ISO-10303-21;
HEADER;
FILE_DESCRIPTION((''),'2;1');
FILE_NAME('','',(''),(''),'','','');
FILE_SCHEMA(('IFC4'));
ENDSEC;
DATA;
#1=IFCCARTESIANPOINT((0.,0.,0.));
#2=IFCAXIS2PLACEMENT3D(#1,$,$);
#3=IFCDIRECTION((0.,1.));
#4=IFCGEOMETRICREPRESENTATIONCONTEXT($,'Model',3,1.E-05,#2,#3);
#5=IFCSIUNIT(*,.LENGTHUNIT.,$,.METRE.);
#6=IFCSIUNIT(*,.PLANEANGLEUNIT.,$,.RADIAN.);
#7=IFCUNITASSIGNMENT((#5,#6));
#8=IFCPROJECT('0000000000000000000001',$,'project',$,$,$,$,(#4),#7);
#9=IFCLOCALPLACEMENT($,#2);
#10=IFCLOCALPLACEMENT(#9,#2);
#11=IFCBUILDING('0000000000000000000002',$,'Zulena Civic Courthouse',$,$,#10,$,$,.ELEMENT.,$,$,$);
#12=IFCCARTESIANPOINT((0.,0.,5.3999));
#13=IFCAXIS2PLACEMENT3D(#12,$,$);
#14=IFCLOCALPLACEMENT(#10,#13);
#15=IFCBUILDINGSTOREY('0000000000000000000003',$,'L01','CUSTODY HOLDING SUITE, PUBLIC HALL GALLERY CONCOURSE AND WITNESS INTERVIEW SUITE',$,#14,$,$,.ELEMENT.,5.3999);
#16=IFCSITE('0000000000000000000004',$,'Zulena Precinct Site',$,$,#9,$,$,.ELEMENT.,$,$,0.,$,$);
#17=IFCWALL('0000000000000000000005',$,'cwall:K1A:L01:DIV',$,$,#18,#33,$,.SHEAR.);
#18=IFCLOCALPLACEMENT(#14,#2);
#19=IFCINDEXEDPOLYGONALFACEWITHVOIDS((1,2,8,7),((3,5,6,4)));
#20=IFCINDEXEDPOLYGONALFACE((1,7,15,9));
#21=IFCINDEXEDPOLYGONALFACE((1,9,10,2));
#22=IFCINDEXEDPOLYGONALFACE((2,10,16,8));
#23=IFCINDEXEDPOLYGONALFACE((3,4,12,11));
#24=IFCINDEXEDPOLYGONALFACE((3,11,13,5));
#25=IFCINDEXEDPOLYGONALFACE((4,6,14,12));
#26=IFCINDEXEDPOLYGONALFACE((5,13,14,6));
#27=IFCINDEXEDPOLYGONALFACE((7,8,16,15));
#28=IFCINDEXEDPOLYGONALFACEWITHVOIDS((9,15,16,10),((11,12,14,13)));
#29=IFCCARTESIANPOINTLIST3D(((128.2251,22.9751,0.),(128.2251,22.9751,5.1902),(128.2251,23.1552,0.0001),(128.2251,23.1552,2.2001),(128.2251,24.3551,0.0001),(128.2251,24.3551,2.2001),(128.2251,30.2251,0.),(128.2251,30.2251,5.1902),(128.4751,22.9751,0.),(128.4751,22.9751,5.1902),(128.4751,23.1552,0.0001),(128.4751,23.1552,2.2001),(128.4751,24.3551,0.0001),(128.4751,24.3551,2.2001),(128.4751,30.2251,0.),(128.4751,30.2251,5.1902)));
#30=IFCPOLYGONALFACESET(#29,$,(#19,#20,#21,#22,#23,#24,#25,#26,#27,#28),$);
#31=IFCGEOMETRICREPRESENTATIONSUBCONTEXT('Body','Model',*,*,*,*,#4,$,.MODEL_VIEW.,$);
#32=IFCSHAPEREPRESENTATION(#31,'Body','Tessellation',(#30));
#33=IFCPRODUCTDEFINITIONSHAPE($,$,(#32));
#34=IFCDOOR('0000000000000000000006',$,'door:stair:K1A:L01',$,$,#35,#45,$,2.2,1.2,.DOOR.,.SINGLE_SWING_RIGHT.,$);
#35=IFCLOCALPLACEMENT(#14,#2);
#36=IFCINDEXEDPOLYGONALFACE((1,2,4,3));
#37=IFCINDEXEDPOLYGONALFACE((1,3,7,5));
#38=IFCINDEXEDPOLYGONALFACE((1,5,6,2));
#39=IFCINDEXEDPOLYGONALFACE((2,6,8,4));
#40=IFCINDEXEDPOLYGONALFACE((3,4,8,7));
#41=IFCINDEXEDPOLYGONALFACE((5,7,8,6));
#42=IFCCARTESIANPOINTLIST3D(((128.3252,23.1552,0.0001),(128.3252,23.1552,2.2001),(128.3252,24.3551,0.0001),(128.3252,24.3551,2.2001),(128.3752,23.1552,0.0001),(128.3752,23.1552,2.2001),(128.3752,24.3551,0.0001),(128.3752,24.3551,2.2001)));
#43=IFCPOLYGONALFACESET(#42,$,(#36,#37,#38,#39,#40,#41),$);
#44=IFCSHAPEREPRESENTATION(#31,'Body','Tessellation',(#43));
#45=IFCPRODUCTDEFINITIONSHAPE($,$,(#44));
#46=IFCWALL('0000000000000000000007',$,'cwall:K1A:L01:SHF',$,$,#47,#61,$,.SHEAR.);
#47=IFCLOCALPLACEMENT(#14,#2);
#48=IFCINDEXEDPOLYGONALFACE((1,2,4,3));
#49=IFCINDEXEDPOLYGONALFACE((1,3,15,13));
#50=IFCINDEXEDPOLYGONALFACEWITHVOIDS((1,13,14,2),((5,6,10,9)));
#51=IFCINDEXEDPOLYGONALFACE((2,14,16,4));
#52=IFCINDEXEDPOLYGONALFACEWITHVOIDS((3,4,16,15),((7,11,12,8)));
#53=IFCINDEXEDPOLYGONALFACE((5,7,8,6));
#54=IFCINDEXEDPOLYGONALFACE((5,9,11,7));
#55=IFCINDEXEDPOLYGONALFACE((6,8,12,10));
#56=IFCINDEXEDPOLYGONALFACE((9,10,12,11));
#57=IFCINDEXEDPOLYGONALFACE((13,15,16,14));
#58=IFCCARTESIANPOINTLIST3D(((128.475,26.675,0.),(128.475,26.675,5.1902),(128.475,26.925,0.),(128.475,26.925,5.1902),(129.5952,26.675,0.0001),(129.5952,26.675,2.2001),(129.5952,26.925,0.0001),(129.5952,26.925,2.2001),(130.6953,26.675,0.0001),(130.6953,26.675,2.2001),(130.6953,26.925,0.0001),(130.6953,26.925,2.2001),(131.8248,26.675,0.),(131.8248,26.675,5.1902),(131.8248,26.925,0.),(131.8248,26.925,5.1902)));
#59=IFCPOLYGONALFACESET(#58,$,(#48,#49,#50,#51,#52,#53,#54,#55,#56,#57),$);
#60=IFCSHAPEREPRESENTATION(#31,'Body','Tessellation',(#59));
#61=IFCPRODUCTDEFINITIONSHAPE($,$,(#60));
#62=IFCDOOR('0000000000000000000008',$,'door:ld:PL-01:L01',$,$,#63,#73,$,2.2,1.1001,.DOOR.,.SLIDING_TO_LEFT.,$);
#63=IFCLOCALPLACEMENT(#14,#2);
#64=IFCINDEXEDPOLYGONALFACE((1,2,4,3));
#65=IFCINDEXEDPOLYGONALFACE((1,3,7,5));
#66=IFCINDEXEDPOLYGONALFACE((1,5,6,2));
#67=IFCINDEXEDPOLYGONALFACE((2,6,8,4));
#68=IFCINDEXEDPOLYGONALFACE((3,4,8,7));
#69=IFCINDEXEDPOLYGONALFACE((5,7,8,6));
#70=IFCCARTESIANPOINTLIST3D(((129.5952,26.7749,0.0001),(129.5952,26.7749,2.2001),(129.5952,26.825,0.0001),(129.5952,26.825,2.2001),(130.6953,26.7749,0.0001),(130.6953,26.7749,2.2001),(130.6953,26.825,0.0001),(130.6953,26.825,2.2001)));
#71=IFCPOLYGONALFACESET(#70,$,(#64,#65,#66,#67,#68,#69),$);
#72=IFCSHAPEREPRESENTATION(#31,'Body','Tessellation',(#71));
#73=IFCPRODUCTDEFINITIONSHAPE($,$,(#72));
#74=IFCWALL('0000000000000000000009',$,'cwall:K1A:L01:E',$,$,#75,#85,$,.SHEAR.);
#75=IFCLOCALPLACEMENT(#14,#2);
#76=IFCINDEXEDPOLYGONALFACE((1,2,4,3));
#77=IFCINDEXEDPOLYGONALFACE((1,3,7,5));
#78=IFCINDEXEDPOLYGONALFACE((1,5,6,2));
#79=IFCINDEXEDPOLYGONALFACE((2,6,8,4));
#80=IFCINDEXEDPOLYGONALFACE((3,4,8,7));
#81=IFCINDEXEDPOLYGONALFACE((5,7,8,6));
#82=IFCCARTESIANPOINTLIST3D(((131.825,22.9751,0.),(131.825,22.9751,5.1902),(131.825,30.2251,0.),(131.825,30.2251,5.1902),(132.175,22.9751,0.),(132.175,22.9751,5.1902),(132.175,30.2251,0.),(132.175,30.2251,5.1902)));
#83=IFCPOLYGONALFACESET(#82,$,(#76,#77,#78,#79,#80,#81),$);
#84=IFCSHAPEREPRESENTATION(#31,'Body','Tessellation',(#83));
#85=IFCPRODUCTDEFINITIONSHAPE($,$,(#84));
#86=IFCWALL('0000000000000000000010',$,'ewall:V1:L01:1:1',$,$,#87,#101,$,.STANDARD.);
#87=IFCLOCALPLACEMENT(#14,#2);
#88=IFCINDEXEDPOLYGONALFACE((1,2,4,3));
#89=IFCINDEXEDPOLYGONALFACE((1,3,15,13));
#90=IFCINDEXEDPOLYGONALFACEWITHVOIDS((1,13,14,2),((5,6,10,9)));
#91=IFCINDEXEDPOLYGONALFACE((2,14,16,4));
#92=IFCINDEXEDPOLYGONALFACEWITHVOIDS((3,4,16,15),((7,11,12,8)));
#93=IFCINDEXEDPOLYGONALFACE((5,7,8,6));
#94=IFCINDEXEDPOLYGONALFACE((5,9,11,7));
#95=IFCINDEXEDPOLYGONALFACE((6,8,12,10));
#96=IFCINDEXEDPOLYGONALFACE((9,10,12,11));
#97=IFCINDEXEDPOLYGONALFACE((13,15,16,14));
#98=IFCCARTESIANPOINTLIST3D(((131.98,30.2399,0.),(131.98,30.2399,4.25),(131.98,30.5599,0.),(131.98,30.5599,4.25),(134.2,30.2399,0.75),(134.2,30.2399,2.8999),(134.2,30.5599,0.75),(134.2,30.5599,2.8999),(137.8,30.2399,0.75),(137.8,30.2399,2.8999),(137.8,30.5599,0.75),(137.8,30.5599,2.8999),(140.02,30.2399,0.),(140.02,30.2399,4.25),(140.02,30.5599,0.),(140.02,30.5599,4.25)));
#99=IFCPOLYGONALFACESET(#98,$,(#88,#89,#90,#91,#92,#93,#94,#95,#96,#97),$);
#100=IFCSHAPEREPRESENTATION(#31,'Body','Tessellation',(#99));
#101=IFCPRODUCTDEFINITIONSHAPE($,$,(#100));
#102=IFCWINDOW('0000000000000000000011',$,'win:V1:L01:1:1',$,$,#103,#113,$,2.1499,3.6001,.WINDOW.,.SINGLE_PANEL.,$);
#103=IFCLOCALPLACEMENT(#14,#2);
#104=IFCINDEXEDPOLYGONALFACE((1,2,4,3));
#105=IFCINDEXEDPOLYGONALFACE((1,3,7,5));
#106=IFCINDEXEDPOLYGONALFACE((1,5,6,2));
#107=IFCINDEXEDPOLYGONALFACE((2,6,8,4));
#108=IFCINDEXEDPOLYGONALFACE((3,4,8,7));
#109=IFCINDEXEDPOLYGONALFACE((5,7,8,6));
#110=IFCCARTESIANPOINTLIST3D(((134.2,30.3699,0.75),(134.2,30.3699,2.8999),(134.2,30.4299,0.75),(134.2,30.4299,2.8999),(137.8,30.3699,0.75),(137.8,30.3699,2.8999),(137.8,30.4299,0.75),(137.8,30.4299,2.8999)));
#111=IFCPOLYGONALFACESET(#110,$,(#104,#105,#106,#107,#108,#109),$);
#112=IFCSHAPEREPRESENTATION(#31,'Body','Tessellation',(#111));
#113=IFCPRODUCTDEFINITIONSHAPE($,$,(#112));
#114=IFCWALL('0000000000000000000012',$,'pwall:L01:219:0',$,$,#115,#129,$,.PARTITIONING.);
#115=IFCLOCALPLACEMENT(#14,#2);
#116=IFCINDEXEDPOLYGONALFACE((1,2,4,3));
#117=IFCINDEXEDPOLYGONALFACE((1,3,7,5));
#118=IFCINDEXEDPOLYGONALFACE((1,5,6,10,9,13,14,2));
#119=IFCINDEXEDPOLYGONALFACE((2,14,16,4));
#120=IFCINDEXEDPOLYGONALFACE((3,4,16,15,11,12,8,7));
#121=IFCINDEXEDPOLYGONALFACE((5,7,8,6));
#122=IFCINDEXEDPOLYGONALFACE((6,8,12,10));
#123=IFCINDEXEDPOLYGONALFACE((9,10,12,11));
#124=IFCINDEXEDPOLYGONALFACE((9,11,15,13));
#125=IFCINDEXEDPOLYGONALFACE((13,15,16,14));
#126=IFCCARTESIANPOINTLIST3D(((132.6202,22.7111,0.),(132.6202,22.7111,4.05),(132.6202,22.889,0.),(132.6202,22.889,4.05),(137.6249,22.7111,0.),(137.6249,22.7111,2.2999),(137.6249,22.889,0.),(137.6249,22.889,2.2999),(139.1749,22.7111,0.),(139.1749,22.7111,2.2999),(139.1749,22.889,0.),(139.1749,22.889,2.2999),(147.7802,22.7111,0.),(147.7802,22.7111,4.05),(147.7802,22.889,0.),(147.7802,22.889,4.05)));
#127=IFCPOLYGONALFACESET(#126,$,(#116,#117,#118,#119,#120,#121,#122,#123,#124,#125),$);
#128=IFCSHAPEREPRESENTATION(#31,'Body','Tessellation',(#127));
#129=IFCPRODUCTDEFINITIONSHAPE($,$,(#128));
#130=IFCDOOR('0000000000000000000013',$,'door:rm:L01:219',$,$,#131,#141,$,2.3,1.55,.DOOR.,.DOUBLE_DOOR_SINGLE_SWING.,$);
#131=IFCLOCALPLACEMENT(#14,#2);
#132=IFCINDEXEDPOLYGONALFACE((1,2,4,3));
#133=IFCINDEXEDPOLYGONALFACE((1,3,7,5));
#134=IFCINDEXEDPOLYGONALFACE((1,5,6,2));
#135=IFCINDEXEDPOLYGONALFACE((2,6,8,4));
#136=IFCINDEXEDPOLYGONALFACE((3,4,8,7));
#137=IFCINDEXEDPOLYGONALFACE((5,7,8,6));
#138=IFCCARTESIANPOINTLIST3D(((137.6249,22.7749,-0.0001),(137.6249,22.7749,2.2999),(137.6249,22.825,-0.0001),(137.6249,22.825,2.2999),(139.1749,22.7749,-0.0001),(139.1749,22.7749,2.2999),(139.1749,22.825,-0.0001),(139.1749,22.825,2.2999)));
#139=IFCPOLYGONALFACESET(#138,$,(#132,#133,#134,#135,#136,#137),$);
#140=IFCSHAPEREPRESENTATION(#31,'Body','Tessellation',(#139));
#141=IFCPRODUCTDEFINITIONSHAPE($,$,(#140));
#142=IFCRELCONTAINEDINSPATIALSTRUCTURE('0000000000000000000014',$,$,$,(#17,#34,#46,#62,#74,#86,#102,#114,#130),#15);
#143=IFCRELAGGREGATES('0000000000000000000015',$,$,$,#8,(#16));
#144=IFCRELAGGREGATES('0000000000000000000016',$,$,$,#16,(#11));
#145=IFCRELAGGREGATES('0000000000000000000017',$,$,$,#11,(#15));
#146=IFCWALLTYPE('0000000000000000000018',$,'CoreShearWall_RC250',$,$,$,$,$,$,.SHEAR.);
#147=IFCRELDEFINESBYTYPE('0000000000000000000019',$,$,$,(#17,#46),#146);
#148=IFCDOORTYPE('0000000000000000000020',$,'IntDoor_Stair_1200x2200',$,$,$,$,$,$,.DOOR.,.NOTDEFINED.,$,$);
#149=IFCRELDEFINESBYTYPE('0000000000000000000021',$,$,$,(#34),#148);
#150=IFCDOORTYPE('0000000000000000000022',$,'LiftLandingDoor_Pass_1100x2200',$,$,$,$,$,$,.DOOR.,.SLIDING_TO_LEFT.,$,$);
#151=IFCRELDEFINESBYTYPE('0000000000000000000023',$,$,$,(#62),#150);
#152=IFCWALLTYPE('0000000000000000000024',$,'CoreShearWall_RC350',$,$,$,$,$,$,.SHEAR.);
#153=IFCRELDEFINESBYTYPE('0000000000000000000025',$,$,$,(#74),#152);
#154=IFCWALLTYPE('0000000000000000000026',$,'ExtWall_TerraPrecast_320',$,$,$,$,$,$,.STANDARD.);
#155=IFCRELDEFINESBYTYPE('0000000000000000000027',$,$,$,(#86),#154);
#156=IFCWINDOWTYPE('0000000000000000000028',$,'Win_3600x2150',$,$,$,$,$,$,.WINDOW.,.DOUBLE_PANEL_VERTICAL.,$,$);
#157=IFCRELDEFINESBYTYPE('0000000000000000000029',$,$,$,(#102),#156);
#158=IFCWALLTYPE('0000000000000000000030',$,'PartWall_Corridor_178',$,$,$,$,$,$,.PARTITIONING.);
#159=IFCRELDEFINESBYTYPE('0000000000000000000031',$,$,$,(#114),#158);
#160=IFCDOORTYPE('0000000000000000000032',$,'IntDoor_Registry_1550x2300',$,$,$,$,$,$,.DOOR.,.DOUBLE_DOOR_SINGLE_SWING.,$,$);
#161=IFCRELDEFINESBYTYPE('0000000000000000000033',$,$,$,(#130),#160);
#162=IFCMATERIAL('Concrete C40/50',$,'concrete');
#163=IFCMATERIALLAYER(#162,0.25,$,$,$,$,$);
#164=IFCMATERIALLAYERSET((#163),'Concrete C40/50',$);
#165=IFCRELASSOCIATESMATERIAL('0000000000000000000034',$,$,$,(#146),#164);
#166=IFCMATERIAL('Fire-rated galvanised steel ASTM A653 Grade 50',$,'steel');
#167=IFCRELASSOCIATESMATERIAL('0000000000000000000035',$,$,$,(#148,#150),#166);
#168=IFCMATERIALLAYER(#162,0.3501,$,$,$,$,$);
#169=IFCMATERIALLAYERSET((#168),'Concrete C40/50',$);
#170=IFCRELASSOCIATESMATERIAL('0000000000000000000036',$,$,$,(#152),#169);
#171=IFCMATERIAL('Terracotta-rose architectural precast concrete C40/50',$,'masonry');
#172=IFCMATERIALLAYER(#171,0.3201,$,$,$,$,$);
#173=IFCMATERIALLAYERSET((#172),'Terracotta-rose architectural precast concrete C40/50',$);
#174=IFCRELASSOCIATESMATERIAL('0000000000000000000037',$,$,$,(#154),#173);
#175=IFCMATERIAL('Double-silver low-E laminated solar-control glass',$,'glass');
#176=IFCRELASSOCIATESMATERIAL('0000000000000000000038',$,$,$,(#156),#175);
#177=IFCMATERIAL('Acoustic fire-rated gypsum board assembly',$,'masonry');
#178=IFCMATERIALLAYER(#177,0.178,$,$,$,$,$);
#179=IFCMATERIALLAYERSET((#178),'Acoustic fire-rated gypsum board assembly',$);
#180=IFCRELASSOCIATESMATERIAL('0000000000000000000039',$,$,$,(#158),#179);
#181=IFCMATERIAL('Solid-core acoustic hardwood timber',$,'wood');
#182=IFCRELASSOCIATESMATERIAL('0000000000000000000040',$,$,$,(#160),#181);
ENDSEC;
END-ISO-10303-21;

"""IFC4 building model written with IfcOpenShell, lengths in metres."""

from ifc_helpers import new_model, si_unit, direction, frame, frame_2d, origin, place, context, subcontext, project, spatial, rectangle, extrude, material, layer, layer_set, type_object, element, fill, save


model = new_model("IFC4")

# Units and contexts
model_context = context("Model", 3, precision=1e-05, world=origin(), true_north=direction((0.0, 1.0)))
body_context = subcontext(model_context, "Body", "Model", "MODEL_VIEW")
ifc_project = project(units=[si_unit("LENGTHUNIT", "METRE"), si_unit("PLANEANGLEUNIT", "RADIAN")], contexts=[model_context])

# Site, building, storey
site_placement = place(None, origin())
site = spatial("IfcSite", under=ifc_project, at=site_placement, Name="Zulena Precinct Site", CompositionType="ELEMENT", RefElevation=0.0)
building_placement = place(site_placement, origin())
building = spatial("IfcBuilding", under=site, at=building_placement, Name="Zulena Civic Courthouse", CompositionType="ELEMENT")
storey_placement = place(building_placement, frame((0.0, 0.0, 5.3999)))
storey = spatial("IfcBuildingStorey", under=building, at=storey_placement, Name="L01", Description="CUSTODY HOLDING SUITE, PUBLIC HALL GALLERY CONCOURSE AND WITNESS INTERVIEW SUITE", CompositionType="ELEMENT", Elevation=5.3999)

# Walls, openings, doors
ifc_material_1 = material(Name="Concrete C40/50", Category="concrete")
ifc_layer_1 = layer(ifc_material_1, 0.25)
ifc_layer_set_1 = layer_set([ifc_layer_1], Name="Concrete C40/50")
wall_type_1 = type_object("IfcWallType", Name="CoreShearWall_RC250", PredefinedType="SHEAR", material=ifc_layer_set_1)
wall_1_placement = place(storey_placement, frame((128.3501, 22.9751, 0.0), z_axis=(0.0, 0.0, 1.0), x_axis=(0.0, 1.0, 0.0)))
wall_1 = element("IfcWall", 1, at=wall_1_placement, inside=storey, type_object=wall_type_1, Name="cwall:K1A:L01:DIV", PredefinedType="SHEAR", context=body_context, shape_type="SweptSolid", body=[
    extrude(rectangle(XDim=7.25, YDim=0.25, at=frame_2d((3.625, 0.0))), origin(), (0.0, 0.0, 1.0), 5.1902),
])
opening_1_placement = place(wall_1_placement, frame((0.1799, 0.0, 0.0)))
opening_1 = element("IfcOpeningElement", 2, at=opening_1_placement, cuts=wall_1, PredefinedType="OPENING", context=body_context, shape_type="SweptSolid", body=[
    extrude(rectangle(XDim=1.2, YDim=2.2, at=frame_2d((0.6001, 1.1001))), frame((0.0, 0.135, 0.0), z_axis=(0.0, -1.0, 0.0), x_axis=(1.0, 0.0, 0.0)), (0.0, 0.0, 1.0), 0.27),
])
ifc_material_2 = material(Name="Fire-rated galvanised steel ASTM A653 Grade 50", Category="steel")
door_type_1 = type_object("IfcDoorType", Name="IntDoor_Stair_1200x2200", OperationType="NOTDEFINED", PredefinedType="DOOR", material=ifc_material_2)
door_1_placement = place(opening_1_placement, origin())
door_1 = element("IfcDoor", 3, at=door_1_placement, inside=storey, type_object=door_type_1, Name="door:stair:K1A:L01", OperationType="SINGLE_SWING_RIGHT", OverallHeight=2.2, OverallWidth=1.2, PredefinedType="DOOR", context=body_context, shape_type="SweptSolid", body=[
    extrude(rectangle(XDim=1.2, YDim=2.2, at=frame_2d((0.6001, 1.1001))), frame((0.0, 0.0249, 0.0), z_axis=(0.0, -1.0, 0.0), x_axis=(1.0, 0.0, 0.0)), (0.0, 0.0, 1.0), 0.05),
])
fill(opening_1, door_1)
wall_2_placement = place(storey_placement, frame((128.4751, 26.8, 0.0), z_axis=(0.0, 0.0, 1.0), x_axis=(1.0, 0.0, 0.0)))
wall_2 = element("IfcWall", 4, at=wall_2_placement, inside=storey, type_object=wall_type_1, Name="cwall:K1A:L01:SHF", PredefinedType="SHEAR", context=body_context, shape_type="SweptSolid", body=[
    extrude(rectangle(XDim=3.3499, YDim=0.25, at=frame_2d((1.6748, 0.0))), origin(), (0.0, 0.0, 1.0), 5.1902),
])
opening_2_placement = place(wall_2_placement, frame((1.1201, 0.0, 0.0)))
opening_2 = element("IfcOpeningElement", 5, at=opening_2_placement, cuts=wall_2, PredefinedType="OPENING", context=body_context, shape_type="SweptSolid", body=[
    extrude(rectangle(XDim=1.1001, YDim=2.2, at=frame_2d((0.55, 1.1001))), frame((0.0, 0.135, 0.0), z_axis=(0.0, -1.0, 0.0), x_axis=(1.0, 0.0, 0.0)), (0.0, 0.0, 1.0), 0.27),
])
door_type_2 = type_object("IfcDoorType", Name="LiftLandingDoor_Pass_1100x2200", OperationType="SLIDING_TO_LEFT", PredefinedType="DOOR", material=ifc_material_2)
door_2_placement = place(opening_2_placement, origin())
door_2 = element("IfcDoor", 6, at=door_2_placement, inside=storey, type_object=door_type_2, Name="door:ld:PL-01:L01", OperationType="SLIDING_TO_LEFT", OverallHeight=2.2, OverallWidth=1.1001, PredefinedType="DOOR", context=body_context, shape_type="SweptSolid", body=[
    extrude(rectangle(XDim=1.1001, YDim=2.2, at=frame_2d((0.55, 1.1001))), frame((0.0, 0.0249, 0.0), z_axis=(0.0, -1.0, 0.0), x_axis=(1.0, 0.0, 0.0)), (0.0, 0.0, 1.0), 0.05),
])
fill(opening_2, door_2)

# Wall
ifc_layer_2 = layer(ifc_material_1, 0.3501)
ifc_layer_set_2 = layer_set([ifc_layer_2], Name="Concrete C40/50")
wall_type_2 = type_object("IfcWallType", Name="CoreShearWall_RC350", PredefinedType="SHEAR", material=ifc_layer_set_2)
wall_3_placement = place(storey_placement, frame((132.0, 22.9751, 0.0), z_axis=(0.0, 0.0, 1.0), x_axis=(0.0, 1.0, 0.0)))
element("IfcWall", 7, at=wall_3_placement, inside=storey, type_object=wall_type_2, Name="cwall:K1A:L01:E", PredefinedType="SHEAR", context=body_context, shape_type="SweptSolid", body=[
    extrude(rectangle(XDim=7.25, YDim=0.3501, at=frame_2d((3.625, 0.0))), origin(), (0.0, 0.0, 1.0), 5.1902),
])

# Wall, opening, window
ifc_material_3 = material(Name="Terracotta-rose architectural precast concrete C40/50", Category="masonry")
ifc_layer_3 = layer(ifc_material_3, 0.3201)
ifc_layer_set_3 = layer_set([ifc_layer_3], Name="Terracotta-rose architectural precast concrete C40/50")
wall_type_3 = type_object("IfcWallType", Name="ExtWall_TerraPrecast_320", PredefinedType="STANDARD", material=ifc_layer_set_3)
wall_4_placement = place(storey_placement, frame((131.98, 30.3999, 0.0), z_axis=(0.0, 0.0, 1.0), x_axis=(1.0, 0.0, 0.0)))
wall_4 = element("IfcWall", 8, at=wall_4_placement, inside=storey, type_object=wall_type_3, Name="ewall:V1:L01:1:1", PredefinedType="STANDARD", context=body_context, shape_type="SweptSolid", body=[
    extrude(rectangle(XDim=8.04, YDim=0.3201, at=frame_2d((4.02, 0.0))), origin(), (0.0, 0.0, 1.0), 4.25),
])
opening_3_placement = place(wall_4_placement, frame((2.22, 0.0, 0.75)))
opening_3 = element("IfcOpeningElement", 9, at=opening_3_placement, cuts=wall_4, PredefinedType="OPENING", context=body_context, shape_type="SweptSolid", body=[
    extrude(rectangle(XDim=3.6001, YDim=2.1499, at=frame_2d((1.8, 1.075))), frame((0.0, 0.1699, 0.0), z_axis=(0.0, -1.0, 0.0), x_axis=(1.0, 0.0, 0.0)), (0.0, 0.0, 1.0), 0.3401),
])
ifc_material_4 = material(Name="Double-silver low-E laminated solar-control glass", Category="glass")
window_type = type_object("IfcWindowType", Name="Win_3600x2150", PartitioningType="DOUBLE_PANEL_VERTICAL", PredefinedType="WINDOW", material=ifc_material_4)
window_placement = place(opening_3_placement, origin())
window = element("IfcWindow", 10, at=window_placement, inside=storey, type_object=window_type, Name="win:V1:L01:1:1", OverallHeight=2.1499, OverallWidth=3.6001, PartitioningType="SINGLE_PANEL", PredefinedType="WINDOW", context=body_context, shape_type="SweptSolid", body=[
    extrude(rectangle(XDim=3.6001, YDim=2.1499, at=frame_2d((1.8, 1.075))), frame((0.0, 0.03, 0.0), z_axis=(0.0, -1.0, 0.0), x_axis=(1.0, 0.0, 0.0)), (0.0, 0.0, 1.0), 0.0601),
])
fill(opening_3, window)

# Wall, opening, door
ifc_material_5 = material(Name="Acoustic fire-rated gypsum board assembly", Category="masonry")
ifc_layer_4 = layer(ifc_material_5, 0.178)
ifc_layer_set_4 = layer_set([ifc_layer_4], Name="Acoustic fire-rated gypsum board assembly")
wall_type_4 = type_object("IfcWallType", Name="PartWall_Corridor_178", PredefinedType="PARTITIONING", material=ifc_layer_set_4)
wall_5_placement = place(storey_placement, frame((132.6201, 22.8, 0.0), z_axis=(0.0, 0.0, 1.0), x_axis=(1.0, 0.0, 0.0)))
wall_5 = element("IfcWall", 11, at=wall_5_placement, inside=storey, type_object=wall_type_4, Name="pwall:L01:219:0", PredefinedType="PARTITIONING", context=body_context, shape_type="SweptSolid", body=[
    extrude(rectangle(XDim=15.1599, YDim=0.178, at=frame_2d((7.5801, 0.0))), origin(), (0.0, 0.0, 1.0), 4.05),
])
opening_4_placement = place(wall_5_placement, frame((5.0049, 0.0, 0.0)))
opening_4 = element("IfcOpeningElement", 12, at=opening_4_placement, cuts=wall_5, PredefinedType="OPENING", context=body_context, shape_type="SweptSolid", body=[
    extrude(rectangle(XDim=1.55, YDim=2.3, at=frame_2d((0.7749, 1.1499))), frame((0.0, 0.0989, 0.0), z_axis=(0.0, -1.0, 0.0), x_axis=(1.0, 0.0, 0.0)), (0.0, 0.0, 1.0), 0.198),
])
ifc_material_6 = material(Name="Solid-core acoustic hardwood timber", Category="wood")
door_type_3 = type_object("IfcDoorType", Name="IntDoor_Registry_1550x2300", OperationType="DOUBLE_DOOR_SINGLE_SWING", PredefinedType="DOOR", material=ifc_material_6)
door_3_placement = place(opening_4_placement, origin())
door_3 = element("IfcDoor", 13, at=door_3_placement, inside=storey, type_object=door_type_3, Name="door:rm:L01:219", OperationType="DOUBLE_DOOR_SINGLE_SWING", OverallHeight=2.3, OverallWidth=1.55, PredefinedType="DOOR", context=body_context, shape_type="SweptSolid", body=[
    extrude(rectangle(XDim=1.55, YDim=2.3, at=frame_2d((0.7749, 1.1499))), frame((0.0, 0.0249, 0.0), z_axis=(0.0, -1.0, 0.0), x_axis=(1.0, 0.0, 0.0)), (0.0, 0.0, 1.0), 0.05),
])
fill(opening_4, door_3)

save(model, "model.ifc")
